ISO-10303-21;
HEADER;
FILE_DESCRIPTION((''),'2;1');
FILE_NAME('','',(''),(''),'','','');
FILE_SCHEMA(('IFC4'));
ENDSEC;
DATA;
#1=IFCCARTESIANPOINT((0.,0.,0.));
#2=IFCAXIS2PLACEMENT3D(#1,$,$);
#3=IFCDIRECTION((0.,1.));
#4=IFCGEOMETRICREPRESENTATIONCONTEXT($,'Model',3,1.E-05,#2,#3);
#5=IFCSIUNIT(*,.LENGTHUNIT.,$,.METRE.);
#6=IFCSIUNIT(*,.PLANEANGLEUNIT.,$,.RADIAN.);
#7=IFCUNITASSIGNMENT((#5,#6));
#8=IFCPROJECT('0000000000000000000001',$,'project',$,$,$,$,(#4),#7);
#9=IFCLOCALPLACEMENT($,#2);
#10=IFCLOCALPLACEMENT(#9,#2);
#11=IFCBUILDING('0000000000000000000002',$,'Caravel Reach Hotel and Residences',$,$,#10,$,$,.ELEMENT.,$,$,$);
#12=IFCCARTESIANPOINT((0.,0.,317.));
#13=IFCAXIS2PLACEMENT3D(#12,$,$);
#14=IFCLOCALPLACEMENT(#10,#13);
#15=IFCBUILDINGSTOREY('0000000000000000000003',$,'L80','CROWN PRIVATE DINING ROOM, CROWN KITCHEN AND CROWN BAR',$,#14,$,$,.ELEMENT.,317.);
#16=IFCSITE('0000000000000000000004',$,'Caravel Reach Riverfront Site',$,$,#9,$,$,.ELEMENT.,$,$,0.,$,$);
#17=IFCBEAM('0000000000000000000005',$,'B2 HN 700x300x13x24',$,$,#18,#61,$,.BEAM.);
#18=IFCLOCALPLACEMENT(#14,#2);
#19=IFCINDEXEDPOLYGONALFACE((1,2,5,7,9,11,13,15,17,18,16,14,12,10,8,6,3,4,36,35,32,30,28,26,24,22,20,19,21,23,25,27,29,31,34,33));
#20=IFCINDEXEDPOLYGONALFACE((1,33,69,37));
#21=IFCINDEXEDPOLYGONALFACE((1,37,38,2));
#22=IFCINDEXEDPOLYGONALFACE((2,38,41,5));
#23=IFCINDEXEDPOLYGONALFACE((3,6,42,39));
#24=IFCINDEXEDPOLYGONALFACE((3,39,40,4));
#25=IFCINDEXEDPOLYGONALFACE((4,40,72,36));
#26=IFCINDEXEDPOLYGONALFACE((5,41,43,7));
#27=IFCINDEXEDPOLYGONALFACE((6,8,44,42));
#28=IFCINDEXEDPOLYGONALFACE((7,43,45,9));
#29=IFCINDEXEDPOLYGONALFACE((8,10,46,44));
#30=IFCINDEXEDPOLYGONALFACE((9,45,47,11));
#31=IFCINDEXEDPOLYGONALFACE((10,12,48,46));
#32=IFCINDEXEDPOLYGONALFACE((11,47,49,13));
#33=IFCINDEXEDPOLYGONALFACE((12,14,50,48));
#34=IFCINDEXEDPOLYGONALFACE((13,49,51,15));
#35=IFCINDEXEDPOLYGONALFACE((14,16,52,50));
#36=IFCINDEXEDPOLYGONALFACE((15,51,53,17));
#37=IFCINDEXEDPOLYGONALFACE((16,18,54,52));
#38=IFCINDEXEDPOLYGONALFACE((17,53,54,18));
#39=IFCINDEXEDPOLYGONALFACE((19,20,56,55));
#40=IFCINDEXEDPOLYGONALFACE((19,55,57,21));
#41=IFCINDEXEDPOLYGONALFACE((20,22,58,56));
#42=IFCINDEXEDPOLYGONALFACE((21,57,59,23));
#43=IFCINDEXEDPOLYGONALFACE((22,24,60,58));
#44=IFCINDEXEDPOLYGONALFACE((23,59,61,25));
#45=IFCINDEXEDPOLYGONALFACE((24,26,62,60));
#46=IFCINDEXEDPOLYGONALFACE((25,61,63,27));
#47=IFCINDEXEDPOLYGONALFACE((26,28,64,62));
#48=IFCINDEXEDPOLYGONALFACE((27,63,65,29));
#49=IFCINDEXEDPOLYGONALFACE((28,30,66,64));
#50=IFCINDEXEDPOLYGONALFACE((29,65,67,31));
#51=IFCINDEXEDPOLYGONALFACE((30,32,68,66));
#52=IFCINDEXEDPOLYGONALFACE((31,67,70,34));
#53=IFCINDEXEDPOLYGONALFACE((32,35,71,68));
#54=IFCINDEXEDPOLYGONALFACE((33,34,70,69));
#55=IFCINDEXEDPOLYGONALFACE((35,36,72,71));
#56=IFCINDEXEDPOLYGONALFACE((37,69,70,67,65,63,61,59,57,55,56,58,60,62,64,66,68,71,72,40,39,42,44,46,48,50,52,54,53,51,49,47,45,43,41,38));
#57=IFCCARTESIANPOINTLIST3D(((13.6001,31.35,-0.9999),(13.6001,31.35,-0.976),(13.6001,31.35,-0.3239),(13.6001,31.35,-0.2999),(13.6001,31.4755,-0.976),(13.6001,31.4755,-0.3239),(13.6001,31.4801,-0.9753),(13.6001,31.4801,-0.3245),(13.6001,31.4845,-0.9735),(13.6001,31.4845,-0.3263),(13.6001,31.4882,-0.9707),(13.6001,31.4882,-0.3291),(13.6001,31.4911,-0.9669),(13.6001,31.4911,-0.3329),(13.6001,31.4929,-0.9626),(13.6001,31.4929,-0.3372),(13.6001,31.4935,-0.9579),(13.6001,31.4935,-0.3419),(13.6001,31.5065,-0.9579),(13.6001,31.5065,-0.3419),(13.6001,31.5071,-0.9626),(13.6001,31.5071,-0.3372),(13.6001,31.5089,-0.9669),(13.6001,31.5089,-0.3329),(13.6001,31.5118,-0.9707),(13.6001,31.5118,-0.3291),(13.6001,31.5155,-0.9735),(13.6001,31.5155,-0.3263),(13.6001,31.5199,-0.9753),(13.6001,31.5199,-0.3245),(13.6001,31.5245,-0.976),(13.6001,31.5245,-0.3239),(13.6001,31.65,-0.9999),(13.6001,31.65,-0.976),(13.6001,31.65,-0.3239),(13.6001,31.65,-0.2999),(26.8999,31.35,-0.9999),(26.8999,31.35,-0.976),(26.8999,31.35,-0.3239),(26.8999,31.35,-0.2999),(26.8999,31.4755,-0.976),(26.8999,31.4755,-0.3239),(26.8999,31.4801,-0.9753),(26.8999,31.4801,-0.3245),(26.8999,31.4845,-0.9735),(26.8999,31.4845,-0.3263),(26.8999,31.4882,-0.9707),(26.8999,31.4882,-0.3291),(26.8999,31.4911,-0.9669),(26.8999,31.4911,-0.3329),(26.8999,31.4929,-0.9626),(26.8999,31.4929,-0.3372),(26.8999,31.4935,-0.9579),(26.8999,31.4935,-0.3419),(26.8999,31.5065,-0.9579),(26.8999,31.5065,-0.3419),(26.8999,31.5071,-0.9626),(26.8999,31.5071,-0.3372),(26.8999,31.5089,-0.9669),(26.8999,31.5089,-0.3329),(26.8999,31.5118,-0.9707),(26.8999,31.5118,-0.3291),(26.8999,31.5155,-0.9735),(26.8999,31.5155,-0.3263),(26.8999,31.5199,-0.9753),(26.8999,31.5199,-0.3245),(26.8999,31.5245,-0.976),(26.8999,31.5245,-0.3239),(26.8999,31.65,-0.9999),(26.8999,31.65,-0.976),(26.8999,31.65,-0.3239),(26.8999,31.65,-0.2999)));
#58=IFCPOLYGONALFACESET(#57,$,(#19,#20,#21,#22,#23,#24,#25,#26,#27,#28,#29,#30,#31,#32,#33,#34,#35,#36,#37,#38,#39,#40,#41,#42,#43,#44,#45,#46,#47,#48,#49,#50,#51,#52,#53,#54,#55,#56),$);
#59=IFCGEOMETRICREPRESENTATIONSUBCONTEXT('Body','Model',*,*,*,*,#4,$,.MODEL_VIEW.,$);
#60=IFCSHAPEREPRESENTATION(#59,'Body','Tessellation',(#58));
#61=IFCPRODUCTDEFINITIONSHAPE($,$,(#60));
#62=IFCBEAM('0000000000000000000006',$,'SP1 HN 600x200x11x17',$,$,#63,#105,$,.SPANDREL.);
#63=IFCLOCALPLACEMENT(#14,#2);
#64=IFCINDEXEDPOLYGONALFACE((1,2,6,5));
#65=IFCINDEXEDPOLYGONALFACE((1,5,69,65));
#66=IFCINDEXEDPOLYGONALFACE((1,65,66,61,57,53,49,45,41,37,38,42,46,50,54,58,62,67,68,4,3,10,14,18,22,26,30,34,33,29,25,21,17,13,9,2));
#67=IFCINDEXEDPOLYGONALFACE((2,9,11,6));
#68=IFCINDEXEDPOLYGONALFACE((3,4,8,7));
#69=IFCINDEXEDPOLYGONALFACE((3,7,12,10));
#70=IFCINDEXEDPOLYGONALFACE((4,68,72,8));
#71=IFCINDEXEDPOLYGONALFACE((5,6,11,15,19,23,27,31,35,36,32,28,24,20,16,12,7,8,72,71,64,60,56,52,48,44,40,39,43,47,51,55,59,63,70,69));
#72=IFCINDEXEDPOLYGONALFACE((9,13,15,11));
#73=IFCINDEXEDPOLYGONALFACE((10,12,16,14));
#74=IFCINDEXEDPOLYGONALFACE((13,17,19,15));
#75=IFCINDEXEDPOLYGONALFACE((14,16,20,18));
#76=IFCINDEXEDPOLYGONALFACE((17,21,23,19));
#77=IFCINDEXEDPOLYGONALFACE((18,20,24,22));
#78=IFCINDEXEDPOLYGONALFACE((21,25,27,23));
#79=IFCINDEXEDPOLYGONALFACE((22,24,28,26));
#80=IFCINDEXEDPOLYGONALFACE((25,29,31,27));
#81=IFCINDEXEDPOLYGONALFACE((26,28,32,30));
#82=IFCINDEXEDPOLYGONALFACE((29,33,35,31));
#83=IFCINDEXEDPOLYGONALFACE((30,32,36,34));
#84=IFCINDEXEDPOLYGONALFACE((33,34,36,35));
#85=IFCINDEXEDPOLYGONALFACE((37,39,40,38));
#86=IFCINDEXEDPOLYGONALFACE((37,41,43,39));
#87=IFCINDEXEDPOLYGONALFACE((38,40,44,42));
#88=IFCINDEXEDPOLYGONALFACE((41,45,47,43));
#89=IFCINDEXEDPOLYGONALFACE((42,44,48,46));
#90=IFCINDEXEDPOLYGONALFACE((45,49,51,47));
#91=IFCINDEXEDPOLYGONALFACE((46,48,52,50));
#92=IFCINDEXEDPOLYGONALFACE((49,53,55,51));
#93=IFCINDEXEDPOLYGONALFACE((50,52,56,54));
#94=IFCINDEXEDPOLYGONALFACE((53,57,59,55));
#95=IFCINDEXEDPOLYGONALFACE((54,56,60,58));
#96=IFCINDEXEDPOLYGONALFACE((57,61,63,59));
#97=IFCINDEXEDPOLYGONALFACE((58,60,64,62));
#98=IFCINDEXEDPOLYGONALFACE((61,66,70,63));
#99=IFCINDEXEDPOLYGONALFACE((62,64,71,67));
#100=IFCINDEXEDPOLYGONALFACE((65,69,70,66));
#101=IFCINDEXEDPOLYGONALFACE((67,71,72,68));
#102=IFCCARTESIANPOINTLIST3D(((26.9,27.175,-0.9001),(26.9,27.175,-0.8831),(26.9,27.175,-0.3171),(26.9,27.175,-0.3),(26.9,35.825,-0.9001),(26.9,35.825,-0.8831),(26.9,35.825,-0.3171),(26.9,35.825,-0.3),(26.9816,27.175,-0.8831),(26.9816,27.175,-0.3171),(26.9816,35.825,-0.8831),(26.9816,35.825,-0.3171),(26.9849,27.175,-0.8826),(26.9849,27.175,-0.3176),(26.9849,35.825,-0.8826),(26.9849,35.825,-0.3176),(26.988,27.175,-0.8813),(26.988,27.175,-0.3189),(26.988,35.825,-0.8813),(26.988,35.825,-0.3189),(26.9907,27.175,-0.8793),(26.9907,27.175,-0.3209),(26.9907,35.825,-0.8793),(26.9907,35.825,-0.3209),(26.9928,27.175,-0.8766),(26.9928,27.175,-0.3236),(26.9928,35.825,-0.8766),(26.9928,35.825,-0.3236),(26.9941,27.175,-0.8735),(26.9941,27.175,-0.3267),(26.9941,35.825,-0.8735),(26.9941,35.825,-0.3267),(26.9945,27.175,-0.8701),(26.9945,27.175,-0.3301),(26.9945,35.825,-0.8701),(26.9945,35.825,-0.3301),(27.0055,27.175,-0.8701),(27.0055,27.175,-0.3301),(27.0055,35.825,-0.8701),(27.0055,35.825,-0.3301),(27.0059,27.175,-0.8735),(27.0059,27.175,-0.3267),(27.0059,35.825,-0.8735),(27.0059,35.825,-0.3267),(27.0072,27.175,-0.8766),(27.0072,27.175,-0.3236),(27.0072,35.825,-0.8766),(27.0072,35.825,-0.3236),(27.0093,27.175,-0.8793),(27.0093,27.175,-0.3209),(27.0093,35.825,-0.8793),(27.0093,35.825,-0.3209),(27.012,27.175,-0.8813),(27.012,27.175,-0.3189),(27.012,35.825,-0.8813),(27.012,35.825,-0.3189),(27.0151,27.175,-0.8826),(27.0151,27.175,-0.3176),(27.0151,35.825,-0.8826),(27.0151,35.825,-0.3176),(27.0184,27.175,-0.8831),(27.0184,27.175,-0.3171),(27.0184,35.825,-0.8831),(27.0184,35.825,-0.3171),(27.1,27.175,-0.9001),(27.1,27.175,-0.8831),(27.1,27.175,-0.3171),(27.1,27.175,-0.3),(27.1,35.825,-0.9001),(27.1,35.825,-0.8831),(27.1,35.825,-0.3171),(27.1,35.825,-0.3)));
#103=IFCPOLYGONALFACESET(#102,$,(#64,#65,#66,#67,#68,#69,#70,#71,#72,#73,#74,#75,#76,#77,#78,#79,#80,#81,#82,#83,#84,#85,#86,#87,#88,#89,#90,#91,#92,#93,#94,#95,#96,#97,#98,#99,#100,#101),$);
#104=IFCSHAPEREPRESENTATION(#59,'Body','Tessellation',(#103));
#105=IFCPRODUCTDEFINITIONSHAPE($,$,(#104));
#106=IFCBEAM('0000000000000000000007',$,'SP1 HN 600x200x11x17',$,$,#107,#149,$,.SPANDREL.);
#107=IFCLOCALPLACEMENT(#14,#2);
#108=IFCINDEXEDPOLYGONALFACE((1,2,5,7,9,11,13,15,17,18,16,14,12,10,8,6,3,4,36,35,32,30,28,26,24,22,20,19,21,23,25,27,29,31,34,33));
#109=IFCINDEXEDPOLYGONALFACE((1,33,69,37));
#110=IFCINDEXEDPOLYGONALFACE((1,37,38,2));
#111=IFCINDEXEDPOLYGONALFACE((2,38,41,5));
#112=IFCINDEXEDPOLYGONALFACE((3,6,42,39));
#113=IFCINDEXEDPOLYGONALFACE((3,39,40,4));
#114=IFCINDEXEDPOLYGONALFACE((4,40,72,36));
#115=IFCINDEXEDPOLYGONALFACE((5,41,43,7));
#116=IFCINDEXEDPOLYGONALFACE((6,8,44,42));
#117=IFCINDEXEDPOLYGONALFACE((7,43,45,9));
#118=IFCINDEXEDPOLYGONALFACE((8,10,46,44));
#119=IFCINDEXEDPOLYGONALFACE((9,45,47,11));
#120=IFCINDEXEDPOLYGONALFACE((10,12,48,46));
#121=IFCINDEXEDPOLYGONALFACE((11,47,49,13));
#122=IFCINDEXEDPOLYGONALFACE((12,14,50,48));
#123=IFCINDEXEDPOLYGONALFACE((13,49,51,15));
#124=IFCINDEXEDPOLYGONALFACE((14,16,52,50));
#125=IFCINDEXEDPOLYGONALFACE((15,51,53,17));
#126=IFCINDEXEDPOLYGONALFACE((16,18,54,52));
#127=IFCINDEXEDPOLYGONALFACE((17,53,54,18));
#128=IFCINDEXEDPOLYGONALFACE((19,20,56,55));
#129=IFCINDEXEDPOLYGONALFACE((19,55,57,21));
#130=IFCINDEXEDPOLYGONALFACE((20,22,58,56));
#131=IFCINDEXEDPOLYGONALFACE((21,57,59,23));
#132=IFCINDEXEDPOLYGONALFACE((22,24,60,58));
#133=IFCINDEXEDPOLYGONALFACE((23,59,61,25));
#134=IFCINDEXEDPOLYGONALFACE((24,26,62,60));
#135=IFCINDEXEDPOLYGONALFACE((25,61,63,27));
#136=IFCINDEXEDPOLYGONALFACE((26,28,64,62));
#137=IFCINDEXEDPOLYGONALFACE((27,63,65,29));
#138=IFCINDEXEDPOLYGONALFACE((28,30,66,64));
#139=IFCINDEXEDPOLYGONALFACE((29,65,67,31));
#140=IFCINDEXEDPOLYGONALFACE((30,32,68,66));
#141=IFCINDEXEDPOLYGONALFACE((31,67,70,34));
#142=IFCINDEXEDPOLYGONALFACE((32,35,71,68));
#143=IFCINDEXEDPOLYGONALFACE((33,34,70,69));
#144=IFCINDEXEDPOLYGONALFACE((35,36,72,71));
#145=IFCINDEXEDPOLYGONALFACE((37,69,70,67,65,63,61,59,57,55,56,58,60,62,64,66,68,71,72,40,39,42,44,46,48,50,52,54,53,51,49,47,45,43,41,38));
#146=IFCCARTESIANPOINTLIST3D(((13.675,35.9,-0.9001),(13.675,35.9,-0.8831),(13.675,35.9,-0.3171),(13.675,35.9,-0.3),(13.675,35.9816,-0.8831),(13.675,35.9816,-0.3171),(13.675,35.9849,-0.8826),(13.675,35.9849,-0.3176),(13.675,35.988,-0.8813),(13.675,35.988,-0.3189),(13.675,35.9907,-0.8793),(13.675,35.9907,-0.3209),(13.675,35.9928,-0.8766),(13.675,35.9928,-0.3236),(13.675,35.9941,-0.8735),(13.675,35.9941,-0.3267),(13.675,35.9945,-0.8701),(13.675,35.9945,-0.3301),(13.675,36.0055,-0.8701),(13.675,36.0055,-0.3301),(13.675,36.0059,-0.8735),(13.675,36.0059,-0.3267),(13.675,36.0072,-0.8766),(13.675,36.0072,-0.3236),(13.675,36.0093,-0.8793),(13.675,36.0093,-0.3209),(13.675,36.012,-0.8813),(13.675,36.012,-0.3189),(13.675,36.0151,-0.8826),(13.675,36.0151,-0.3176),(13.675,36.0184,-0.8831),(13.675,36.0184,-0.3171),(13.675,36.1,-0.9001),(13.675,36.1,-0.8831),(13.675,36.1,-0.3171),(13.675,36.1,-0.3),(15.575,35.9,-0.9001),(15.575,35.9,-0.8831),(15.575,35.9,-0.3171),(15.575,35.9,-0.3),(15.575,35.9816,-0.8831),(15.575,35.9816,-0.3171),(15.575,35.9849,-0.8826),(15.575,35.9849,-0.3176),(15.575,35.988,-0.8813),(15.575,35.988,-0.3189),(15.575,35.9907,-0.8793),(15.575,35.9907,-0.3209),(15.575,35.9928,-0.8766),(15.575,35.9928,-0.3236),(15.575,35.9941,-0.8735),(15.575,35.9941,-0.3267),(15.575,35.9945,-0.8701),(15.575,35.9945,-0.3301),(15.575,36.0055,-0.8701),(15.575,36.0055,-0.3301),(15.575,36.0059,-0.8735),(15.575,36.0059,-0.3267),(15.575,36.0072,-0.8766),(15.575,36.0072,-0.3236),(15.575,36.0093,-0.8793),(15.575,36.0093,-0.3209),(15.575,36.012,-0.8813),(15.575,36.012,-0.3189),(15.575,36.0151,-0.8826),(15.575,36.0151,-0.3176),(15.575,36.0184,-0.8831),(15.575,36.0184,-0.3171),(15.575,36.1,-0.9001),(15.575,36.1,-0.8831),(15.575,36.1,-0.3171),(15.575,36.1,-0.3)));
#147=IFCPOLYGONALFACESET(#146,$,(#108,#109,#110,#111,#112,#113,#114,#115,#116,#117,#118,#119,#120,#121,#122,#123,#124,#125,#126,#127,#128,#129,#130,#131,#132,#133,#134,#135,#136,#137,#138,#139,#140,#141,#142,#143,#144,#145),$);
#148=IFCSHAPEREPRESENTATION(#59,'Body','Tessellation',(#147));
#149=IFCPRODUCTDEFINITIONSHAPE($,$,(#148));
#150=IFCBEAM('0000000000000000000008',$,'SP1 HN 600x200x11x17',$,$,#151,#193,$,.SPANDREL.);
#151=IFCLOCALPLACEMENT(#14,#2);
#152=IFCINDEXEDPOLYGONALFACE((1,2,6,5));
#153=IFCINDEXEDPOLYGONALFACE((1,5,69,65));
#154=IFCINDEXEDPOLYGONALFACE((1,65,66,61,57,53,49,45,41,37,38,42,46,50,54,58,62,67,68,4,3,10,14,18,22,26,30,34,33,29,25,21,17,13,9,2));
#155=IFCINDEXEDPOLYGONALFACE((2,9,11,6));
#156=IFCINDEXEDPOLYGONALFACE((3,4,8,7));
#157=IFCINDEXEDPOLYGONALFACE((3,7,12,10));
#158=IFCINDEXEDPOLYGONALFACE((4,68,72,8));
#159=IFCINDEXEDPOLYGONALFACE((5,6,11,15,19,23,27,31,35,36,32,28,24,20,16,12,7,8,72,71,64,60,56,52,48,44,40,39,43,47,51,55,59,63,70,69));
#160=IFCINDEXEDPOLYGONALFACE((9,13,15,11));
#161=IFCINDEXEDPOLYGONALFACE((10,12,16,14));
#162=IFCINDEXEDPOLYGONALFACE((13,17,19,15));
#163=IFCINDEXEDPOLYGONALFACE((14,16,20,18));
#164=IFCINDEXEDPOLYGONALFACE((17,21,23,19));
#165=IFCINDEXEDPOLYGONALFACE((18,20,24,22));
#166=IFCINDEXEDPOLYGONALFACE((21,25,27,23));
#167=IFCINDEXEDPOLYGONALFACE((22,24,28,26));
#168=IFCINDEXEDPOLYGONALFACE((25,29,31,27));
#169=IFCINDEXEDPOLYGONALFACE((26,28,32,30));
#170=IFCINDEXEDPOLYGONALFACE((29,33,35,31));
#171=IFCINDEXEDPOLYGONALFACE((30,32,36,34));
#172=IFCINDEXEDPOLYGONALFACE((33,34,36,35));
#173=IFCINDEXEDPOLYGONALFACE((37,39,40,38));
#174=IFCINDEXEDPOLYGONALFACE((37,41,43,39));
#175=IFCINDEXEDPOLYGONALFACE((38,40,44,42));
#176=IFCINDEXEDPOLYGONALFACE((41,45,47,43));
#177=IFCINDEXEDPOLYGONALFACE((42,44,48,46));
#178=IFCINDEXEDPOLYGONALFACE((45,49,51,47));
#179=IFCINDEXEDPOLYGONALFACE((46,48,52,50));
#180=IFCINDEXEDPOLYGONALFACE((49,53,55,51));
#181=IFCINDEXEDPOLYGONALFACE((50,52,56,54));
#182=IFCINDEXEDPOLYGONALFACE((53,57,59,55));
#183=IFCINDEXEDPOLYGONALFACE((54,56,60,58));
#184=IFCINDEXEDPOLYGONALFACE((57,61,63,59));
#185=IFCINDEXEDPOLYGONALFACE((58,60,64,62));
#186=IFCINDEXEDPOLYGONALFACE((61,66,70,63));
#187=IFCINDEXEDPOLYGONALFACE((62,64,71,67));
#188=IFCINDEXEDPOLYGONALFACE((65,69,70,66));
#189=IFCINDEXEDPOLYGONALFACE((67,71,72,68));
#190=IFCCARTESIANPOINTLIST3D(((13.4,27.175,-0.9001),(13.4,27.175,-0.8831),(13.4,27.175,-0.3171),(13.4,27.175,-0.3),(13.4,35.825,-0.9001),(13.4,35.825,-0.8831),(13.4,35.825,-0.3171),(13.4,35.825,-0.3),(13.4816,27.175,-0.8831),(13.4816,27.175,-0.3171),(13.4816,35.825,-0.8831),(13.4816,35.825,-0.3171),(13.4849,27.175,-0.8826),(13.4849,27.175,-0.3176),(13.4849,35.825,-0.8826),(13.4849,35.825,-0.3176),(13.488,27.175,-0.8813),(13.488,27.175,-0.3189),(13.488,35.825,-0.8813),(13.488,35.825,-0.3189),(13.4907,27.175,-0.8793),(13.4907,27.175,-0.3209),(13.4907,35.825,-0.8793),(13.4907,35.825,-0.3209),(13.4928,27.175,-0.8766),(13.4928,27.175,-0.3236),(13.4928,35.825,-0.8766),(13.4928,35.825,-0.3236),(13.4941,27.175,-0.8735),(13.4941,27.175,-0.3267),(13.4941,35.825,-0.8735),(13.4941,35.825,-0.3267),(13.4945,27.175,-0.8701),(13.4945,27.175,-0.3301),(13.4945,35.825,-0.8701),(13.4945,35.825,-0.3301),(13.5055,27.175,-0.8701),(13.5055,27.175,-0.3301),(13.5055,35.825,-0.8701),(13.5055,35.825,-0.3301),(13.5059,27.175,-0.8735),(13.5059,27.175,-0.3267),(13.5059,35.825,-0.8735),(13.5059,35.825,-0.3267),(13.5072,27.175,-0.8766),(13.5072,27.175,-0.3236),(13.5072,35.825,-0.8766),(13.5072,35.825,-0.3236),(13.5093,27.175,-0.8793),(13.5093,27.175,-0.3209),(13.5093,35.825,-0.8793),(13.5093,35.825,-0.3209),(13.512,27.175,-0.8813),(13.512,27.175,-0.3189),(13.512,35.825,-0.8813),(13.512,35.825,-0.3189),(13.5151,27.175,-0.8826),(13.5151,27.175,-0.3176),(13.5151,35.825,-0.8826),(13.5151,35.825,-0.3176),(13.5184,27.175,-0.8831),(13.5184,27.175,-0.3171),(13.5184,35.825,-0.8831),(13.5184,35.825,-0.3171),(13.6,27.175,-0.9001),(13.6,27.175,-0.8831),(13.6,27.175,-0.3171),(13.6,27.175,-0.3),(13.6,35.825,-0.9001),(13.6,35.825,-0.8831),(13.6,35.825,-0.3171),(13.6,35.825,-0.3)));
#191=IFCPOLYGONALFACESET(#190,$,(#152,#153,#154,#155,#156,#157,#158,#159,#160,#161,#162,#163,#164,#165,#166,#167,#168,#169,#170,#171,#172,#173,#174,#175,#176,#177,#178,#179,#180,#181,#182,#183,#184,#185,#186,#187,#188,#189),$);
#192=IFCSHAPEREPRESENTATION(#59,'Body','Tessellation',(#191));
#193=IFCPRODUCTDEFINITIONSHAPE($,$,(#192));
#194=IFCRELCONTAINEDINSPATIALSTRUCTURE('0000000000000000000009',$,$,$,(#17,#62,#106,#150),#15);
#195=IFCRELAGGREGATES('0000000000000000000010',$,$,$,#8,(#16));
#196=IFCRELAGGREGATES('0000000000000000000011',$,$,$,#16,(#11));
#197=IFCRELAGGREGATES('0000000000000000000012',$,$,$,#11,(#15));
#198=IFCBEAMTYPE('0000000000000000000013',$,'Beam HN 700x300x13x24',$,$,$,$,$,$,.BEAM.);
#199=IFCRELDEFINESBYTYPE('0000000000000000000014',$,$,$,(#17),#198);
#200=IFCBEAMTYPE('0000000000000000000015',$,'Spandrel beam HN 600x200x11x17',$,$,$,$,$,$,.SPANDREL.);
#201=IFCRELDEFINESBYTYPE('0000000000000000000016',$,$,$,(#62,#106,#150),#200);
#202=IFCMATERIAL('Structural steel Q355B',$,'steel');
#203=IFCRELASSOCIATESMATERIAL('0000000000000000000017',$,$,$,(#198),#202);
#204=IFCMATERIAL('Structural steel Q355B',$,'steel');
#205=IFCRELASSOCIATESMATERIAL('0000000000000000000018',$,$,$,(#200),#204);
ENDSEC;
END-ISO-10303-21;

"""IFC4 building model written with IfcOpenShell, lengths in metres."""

from ifc_helpers import new_model, si_unit, direction, frame, origin, origin_2d, place, context, subcontext, project, spatial, i_section, extrude, material, material_profile, profile_set, type_object, element, save


model = new_model("IFC4")

# Units and contexts
model_context = context("Model", 3, precision=1e-05, world=origin(), true_north=direction((0.0, 1.0)))
body_context = subcontext(model_context, "Body", "Model", "MODEL_VIEW")
ifc_project = project(units=[si_unit("LENGTHUNIT", "METRE"), si_unit("PLANEANGLEUNIT", "RADIAN")], contexts=[model_context])

# Site, building, storey
site_placement = place(None, origin())
site = spatial("IfcSite", under=ifc_project, at=site_placement, Name="Caravel Reach Riverfront Site", CompositionType="ELEMENT", RefElevation=0.0)
building_placement = place(site_placement, origin())
building = spatial("IfcBuilding", under=site, at=building_placement, Name="Caravel Reach Hotel and Residences", CompositionType="ELEMENT")
storey_placement = place(building_placement, frame((0.0, 0.0, 317.0)))
storey = spatial("IfcBuildingStorey", under=building, at=storey_placement, Name="L80", Description="CROWN PRIVATE DINING ROOM, CROWN KITCHEN AND CROWN BAR", CompositionType="ELEMENT", Elevation=317.0)

# Beams
ifc_material_1 = material(Name="Structural steel Q355B", Category="steel")
ifc_material_profile_1 = material_profile(ifc_material_1, i_section(OverallWidth=0.3, OverallDepth=0.7, WebThickness=0.0129, FlangeThickness=0.0239, FilletRadius=0.0181, at=origin_2d()), Name="HN 700x300x13x24")
ifc_profile_set_1 = profile_set([ifc_material_profile_1], Name="Structural steel Q355B")
beam_type_1 = type_object("IfcBeamType", Name="Beam HN 700x300x13x24", PredefinedType="BEAM", material=ifc_profile_set_1)
beam_1_placement = place(storey_placement, frame((13.6001, 31.5, -0.6499), z_axis=(1.0, 0.0, 0.0), x_axis=(0.0, 1.0, 0.0)))
element("IfcBeam", 1, at=beam_1_placement, inside=storey, type_object=beam_type_1, Name="B2 HN 700x300x13x24", PredefinedType="BEAM", context=body_context, shape_type="SweptSolid", body=[
    extrude(i_section(OverallWidth=0.3, OverallDepth=0.7, WebThickness=0.0129, FlangeThickness=0.0239, FilletRadius=0.0181, at=origin_2d()), origin(), (0.0, 0.0, 1.0), 13.2998),
])
ifc_material_2 = material(Name="Structural steel Q355B", Category="steel")
ifc_material_profile_2 = material_profile(ifc_material_2, i_section(OverallWidth=0.2, OverallDepth=0.6001, WebThickness=0.011, FlangeThickness=0.0171, FilletRadius=0.0129, at=origin_2d()), Name="HN 600x200x11x17")
ifc_profile_set_2 = profile_set([ifc_material_profile_2], Name="Structural steel Q355B")
beam_type_2 = type_object("IfcBeamType", Name="Spandrel beam HN 600x200x11x17", PredefinedType="SPANDREL", material=ifc_profile_set_2)
beam_2_placement = place(storey_placement, frame((27.0, 27.175, -0.6001), z_axis=(0.0, 1.0, 0.0), x_axis=(-1.0, 0.0, 0.0)))
element("IfcBeam", 2, at=beam_2_placement, inside=storey, type_object=beam_type_2, Name="SP1 HN 600x200x11x17", PredefinedType="SPANDREL", context=body_context, shape_type="SweptSolid", body=[
    extrude(i_section(OverallWidth=0.2, OverallDepth=0.6001, WebThickness=0.011, FlangeThickness=0.0171, FilletRadius=0.0129, at=origin_2d()), origin(), (0.0, 0.0, 1.0), 8.6499),
])
beam_3_placement = place(storey_placement, frame((15.575, 36.0, -0.6001), z_axis=(-1.0, 0.0, 0.0), x_axis=(0.0, -1.0, 0.0)))
element("IfcBeam", 3, at=beam_3_placement, inside=storey, type_object=beam_type_2, Name="SP1 HN 600x200x11x17", PredefinedType="SPANDREL", context=body_context, shape_type="SweptSolid", body=[
    extrude(i_section(OverallWidth=0.2, OverallDepth=0.6001, WebThickness=0.011, FlangeThickness=0.0171, FilletRadius=0.0129, at=origin_2d()), origin(), (0.0, 0.0, 1.0), 1.8999),
])
for number, where, z_axis, x_axis, name in (
    (4, (13.5, 35.825, -0.6001), (0.0, -1.0, 0.0), (1.0, 0.0, 0.0), "SP1 HN 600x200x11x17"),
):
    element("IfcBeam", number, at=place(storey_placement, frame(where, z_axis=z_axis, x_axis=x_axis)), inside=storey, type_object=beam_type_2, Name=name, PredefinedType="SPANDREL", context=body_context, shape_type="SweptSolid", body=[
        extrude(i_section(OverallWidth=0.2, OverallDepth=0.6001, WebThickness=0.011, FlangeThickness=0.0171, FilletRadius=0.0129, at=origin_2d()), origin(), (0.0, 0.0, 1.0), 8.6499),
    ])

save(model, "model.ifc")
